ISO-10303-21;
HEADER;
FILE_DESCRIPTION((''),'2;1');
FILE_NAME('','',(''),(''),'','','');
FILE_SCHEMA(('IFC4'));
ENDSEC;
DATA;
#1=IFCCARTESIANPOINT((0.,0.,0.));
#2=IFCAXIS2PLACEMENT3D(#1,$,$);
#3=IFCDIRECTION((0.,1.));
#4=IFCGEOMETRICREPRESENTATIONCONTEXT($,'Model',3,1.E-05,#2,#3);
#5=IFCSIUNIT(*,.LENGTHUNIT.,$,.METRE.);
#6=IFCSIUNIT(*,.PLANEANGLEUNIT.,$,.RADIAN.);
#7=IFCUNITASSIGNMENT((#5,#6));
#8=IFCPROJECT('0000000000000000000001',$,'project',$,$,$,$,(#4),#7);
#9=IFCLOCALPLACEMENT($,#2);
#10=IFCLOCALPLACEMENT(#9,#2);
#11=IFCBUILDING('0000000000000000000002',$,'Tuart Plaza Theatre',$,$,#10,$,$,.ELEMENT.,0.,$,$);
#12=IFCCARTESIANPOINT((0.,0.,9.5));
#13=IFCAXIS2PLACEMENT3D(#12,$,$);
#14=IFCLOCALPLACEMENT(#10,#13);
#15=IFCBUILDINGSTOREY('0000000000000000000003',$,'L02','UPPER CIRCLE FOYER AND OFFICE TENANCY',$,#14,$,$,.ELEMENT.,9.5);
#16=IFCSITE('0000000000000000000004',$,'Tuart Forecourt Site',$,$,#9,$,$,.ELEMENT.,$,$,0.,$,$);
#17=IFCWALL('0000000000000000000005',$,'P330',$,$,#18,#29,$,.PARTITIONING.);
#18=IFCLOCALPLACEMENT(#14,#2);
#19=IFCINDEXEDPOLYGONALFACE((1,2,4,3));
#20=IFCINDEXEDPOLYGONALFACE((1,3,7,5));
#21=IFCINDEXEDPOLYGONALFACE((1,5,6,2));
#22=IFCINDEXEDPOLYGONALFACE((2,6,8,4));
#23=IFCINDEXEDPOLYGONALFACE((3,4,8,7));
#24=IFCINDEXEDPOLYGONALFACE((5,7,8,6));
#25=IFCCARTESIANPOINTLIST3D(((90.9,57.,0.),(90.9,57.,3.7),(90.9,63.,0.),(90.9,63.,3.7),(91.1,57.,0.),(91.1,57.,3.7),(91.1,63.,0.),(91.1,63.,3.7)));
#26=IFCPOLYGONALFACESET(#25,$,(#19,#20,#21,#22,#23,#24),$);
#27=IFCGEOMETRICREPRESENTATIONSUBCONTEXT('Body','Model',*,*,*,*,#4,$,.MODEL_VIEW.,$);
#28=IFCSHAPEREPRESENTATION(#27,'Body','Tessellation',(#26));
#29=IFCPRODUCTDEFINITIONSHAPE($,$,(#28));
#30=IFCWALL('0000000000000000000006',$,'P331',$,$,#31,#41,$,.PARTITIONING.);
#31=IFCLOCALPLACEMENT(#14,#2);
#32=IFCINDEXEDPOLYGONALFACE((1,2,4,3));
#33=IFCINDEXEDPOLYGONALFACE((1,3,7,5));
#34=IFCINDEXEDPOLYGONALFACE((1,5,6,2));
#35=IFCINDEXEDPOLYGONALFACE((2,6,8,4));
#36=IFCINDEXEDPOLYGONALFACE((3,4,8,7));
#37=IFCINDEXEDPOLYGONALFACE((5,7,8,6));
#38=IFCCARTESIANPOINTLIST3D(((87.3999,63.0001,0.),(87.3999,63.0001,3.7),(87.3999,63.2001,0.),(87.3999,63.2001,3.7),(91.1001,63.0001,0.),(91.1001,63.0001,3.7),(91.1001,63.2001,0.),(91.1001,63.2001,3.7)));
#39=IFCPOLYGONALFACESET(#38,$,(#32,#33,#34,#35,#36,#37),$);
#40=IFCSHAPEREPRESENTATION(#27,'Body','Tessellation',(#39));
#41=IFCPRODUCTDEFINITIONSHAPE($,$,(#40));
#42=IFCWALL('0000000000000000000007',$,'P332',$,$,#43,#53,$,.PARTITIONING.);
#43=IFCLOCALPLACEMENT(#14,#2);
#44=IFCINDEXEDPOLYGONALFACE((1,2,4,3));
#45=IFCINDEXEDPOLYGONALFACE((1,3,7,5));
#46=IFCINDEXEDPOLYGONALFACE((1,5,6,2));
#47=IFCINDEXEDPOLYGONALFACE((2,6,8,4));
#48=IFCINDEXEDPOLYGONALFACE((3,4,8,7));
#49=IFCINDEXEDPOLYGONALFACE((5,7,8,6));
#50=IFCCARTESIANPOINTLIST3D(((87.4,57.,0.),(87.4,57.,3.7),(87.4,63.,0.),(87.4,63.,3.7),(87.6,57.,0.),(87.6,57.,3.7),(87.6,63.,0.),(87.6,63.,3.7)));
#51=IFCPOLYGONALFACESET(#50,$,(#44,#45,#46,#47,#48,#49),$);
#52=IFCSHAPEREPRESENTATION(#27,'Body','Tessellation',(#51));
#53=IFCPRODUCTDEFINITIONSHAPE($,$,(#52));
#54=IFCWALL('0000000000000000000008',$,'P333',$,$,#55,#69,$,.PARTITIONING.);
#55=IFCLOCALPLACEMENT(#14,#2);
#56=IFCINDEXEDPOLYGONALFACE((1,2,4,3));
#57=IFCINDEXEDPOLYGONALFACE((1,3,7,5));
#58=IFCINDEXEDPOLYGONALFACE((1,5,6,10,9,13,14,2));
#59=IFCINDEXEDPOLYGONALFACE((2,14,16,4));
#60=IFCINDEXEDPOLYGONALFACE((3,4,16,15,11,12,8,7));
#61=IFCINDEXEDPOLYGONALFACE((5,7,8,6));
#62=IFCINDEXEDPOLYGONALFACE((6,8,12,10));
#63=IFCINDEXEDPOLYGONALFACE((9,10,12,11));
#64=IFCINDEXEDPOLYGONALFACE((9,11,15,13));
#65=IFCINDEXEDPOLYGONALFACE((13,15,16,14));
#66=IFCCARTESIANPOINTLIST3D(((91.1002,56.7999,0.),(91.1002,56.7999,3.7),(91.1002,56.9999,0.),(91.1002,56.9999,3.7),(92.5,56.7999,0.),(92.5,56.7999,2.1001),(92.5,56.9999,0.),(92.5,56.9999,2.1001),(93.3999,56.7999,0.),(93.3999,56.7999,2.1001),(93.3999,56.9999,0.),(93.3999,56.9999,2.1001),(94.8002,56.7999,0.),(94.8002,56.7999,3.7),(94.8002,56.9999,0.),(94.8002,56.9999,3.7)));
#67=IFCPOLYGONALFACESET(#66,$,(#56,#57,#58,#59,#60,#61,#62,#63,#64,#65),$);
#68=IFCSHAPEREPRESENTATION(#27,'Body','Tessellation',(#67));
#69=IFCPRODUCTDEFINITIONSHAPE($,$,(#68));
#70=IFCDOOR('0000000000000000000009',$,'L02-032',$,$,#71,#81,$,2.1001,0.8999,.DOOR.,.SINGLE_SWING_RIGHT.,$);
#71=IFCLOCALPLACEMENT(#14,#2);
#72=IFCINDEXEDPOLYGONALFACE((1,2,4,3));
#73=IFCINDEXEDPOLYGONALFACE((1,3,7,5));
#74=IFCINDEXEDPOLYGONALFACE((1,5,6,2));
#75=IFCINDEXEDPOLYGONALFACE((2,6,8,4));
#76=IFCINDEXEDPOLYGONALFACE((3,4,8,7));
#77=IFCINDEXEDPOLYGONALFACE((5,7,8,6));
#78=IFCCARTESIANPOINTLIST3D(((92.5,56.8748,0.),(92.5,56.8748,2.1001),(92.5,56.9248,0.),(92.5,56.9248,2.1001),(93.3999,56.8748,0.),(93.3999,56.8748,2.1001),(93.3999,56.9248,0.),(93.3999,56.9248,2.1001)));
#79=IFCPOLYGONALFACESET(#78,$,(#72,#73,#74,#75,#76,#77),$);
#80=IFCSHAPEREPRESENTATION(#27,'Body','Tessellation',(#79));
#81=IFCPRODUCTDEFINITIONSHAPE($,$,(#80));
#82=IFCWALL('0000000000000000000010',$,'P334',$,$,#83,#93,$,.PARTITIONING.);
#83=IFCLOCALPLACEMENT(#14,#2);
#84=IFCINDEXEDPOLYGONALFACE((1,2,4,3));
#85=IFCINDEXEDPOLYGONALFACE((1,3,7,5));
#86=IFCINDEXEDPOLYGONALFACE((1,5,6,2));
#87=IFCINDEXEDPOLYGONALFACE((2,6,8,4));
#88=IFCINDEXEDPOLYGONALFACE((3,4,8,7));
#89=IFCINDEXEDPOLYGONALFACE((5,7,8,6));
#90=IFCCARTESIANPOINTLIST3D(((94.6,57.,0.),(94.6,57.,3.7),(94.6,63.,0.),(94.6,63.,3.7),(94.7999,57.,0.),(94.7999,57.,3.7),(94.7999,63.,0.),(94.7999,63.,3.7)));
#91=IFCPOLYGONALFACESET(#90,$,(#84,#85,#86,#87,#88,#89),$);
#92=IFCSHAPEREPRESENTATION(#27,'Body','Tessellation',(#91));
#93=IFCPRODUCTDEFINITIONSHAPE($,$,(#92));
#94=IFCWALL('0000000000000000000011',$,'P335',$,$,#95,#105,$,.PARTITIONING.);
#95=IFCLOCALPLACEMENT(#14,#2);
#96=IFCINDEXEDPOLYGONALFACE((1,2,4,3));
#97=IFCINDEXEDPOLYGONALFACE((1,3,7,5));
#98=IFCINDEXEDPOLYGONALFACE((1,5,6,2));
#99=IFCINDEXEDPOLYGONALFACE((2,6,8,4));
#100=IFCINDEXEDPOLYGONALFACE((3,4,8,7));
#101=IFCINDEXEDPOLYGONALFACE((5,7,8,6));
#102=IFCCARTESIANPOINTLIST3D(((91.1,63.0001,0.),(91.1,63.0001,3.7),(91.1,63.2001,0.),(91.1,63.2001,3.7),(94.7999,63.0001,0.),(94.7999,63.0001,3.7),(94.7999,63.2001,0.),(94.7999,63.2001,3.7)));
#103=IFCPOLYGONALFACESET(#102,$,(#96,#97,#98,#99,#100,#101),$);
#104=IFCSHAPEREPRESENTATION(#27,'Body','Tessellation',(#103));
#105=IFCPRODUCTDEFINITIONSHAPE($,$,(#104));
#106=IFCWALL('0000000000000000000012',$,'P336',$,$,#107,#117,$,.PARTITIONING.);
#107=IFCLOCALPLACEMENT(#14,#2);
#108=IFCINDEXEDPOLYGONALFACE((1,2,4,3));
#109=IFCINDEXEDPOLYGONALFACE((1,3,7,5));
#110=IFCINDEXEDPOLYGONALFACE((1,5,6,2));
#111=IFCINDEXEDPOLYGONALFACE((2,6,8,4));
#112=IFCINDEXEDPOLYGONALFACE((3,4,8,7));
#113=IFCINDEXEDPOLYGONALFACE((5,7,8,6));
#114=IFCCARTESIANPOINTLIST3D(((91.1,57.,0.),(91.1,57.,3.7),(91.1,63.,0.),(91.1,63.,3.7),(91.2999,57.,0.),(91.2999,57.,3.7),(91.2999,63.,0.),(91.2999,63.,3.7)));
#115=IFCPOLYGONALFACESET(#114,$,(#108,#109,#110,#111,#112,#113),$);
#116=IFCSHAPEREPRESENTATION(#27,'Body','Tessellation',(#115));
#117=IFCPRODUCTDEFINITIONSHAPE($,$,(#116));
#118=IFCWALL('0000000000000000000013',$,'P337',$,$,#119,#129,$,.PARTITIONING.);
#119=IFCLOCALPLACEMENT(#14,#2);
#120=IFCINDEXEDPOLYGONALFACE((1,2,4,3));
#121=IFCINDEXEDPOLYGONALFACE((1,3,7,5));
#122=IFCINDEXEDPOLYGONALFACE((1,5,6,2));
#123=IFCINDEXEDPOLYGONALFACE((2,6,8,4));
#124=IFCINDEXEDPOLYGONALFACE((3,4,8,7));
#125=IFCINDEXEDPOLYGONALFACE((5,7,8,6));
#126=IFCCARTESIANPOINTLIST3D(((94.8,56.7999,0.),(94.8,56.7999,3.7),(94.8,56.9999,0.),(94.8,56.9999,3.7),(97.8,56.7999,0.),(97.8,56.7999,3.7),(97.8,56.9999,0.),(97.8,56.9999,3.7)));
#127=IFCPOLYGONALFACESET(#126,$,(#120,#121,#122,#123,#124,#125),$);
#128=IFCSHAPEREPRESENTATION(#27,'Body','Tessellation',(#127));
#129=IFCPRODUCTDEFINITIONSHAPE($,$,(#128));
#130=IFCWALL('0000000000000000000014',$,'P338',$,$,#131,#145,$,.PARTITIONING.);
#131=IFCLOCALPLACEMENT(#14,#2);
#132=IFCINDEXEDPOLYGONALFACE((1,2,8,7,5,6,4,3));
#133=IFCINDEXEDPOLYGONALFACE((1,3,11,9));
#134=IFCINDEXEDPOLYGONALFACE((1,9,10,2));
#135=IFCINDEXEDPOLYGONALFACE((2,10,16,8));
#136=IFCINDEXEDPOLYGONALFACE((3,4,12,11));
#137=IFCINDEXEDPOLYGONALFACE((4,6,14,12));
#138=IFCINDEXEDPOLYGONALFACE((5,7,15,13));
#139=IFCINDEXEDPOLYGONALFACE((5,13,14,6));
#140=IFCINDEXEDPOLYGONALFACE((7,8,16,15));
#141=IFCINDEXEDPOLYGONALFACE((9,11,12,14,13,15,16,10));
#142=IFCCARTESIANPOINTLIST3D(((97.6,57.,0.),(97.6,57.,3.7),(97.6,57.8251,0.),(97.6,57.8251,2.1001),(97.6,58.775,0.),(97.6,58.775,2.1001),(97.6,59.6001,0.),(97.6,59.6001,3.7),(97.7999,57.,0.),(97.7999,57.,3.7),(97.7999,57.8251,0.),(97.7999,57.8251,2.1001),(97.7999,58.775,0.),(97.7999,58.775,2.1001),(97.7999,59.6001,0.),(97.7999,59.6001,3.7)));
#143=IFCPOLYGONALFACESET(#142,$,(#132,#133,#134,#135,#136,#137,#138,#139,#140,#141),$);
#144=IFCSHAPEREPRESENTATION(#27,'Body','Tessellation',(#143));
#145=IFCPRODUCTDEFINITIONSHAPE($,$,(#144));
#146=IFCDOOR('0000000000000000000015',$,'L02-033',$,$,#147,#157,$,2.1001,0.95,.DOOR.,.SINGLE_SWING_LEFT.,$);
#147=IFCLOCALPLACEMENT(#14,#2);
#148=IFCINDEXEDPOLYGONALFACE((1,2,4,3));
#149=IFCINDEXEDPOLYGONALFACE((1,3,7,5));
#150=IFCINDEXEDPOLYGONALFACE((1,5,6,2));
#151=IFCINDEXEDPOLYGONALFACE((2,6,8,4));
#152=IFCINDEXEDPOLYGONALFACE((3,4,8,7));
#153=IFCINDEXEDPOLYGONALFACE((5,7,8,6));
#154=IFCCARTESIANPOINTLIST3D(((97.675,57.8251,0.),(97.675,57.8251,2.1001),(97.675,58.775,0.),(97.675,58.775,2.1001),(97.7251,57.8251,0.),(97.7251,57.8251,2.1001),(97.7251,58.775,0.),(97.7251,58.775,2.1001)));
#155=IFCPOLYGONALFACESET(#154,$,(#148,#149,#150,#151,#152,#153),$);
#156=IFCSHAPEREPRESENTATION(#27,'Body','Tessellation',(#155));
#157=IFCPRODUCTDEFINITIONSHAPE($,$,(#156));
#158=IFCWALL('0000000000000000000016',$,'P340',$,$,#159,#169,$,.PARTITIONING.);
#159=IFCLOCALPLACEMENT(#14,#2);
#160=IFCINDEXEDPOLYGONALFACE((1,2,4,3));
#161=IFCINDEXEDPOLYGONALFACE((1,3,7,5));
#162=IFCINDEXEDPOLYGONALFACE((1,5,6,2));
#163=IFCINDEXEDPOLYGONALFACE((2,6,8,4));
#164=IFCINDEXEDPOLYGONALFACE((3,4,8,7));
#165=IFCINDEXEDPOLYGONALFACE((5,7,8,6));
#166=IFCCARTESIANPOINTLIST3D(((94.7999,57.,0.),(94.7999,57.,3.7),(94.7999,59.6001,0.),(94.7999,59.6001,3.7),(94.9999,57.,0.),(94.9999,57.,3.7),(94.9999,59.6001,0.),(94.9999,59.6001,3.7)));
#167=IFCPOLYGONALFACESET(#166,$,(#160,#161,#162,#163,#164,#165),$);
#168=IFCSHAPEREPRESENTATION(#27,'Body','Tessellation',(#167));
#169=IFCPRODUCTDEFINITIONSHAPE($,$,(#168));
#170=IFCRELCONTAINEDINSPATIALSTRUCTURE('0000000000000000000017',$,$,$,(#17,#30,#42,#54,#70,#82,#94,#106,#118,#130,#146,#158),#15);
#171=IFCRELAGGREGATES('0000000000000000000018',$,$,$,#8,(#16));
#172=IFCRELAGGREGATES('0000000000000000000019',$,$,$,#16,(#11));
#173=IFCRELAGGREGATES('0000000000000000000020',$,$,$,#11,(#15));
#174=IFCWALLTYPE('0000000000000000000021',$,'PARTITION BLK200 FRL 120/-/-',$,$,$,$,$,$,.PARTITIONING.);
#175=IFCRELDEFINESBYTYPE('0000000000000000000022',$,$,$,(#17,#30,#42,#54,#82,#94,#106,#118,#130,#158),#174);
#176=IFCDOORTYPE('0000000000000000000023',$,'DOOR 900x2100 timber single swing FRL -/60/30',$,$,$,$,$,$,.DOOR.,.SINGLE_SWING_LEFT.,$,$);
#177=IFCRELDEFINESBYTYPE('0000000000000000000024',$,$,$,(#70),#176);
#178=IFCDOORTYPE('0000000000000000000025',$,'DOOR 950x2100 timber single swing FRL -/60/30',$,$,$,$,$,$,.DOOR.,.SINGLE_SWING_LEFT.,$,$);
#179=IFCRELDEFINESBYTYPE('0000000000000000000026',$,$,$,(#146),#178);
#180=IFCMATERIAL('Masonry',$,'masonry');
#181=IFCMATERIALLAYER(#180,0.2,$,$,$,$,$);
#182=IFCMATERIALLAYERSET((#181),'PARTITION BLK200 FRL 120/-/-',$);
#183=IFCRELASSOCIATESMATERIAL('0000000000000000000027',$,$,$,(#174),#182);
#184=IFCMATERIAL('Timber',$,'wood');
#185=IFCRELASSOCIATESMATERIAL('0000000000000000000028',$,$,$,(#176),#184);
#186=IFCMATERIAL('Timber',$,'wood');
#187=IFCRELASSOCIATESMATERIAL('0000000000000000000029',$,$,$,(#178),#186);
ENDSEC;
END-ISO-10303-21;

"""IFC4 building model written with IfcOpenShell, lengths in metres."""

from ifc_helpers import new_model, si_unit, direction, frame, frame_2d, origin, place, context, subcontext, project, spatial, rectangle, extrude, material, layer, layer_set, type_object, element, fill, save


model = new_model("IFC4")

# Units and contexts
model_context = context("Model", 3, precision=1e-05, world=origin(), true_north=direction((0.0, 1.0)))
body_context = subcontext(model_context, "Body", "Model", "MODEL_VIEW")
ifc_project = project(units=[si_unit("LENGTHUNIT", "METRE"), si_unit("PLANEANGLEUNIT", "RADIAN")], contexts=[model_context])

# Site, building, storey
site_placement = place(None, origin())
site = spatial("IfcSite", under=ifc_project, at=site_placement, Name="Tuart Forecourt Site", CompositionType="ELEMENT", RefElevation=0.0)
building_placement = place(site_placement, origin())
building = spatial("IfcBuilding", under=site, at=building_placement, Name="Tuart Plaza Theatre", CompositionType="ELEMENT", ElevationOfRefHeight=0.0)
storey_placement = place(building_placement, frame((0.0, 0.0, 9.5)))
storey = spatial("IfcBuildingStorey", under=building, at=storey_placement, Name="L02", Description="UPPER CIRCLE FOYER AND OFFICE TENANCY", CompositionType="ELEMENT", Elevation=9.5)

# Shared definitions
ifc_material_1 = material(Name="Masonry", Category="masonry")
ifc_layer_1 = layer(ifc_material_1, 0.2)
ifc_layer_set_1 = layer_set([ifc_layer_1], Name="PARTITION BLK200 FRL 120/-/-")
wall_type_1 = type_object("IfcWallType", Name="PARTITION BLK200 FRL 120/-/-", PredefinedType="PARTITIONING", material=ifc_layer_set_1)
ifc_material_2 = material(Name="Timber", Category="wood")
door_type_1 = type_object("IfcDoorType", Name="DOOR 900x2100 timber single swing FRL -/60/30", OperationType="SINGLE_SWING_LEFT", PredefinedType="DOOR", material=ifc_material_2)

# Walls
wall_1_placement = place(storey_placement, frame((91.0, 57.0, 0.0), z_axis=(0.0, 0.0, 1.0), x_axis=(0.0, 1.0, 0.0)))
element("IfcWall", 1, at=wall_1_placement, inside=storey, type_object=wall_type_1, Name="P330", PredefinedType="PARTITIONING", context=body_context, shape_type="SweptSolid", body=[
    extrude(rectangle(XDim=6.0, YDim=0.2, at=frame_2d((3.0, 0.0))), origin(), (0.0, 0.0, 1.0), 3.7),
])
wall_2_placement = place(storey_placement, frame((91.1001, 63.1001, 0.0), z_axis=(0.0, 0.0, 1.0), x_axis=(-1.0, 0.0, 0.0)))
element("IfcWall", 2, at=wall_2_placement, inside=storey, type_object=wall_type_1, Name="P331", PredefinedType="PARTITIONING", context=body_context, shape_type="SweptSolid", body=[
    extrude(rectangle(XDim=3.7002, YDim=0.2, at=frame_2d((1.8501, 0.0))), origin(), (0.0, 0.0, 1.0), 3.7),
])
wall_3_placement = place(storey_placement, frame((87.5, 63.0, 0.0), z_axis=(0.0, 0.0, 1.0), x_axis=(0.0, -1.0, 0.0)))
element("IfcWall", 3, at=wall_3_placement, inside=storey, type_object=wall_type_1, Name="P332", PredefinedType="PARTITIONING", context=body_context, shape_type="SweptSolid", body=[
    extrude(rectangle(XDim=6.0, YDim=0.2, at=frame_2d((3.0, 0.0))), origin(), (0.0, 0.0, 1.0), 3.7),
])

# Wall, opening, door
wall_4_placement = place(storey_placement, frame((91.1001, 56.8999, 0.0), z_axis=(0.0, 0.0, 1.0), x_axis=(1.0, 0.0, 0.0)))
wall_4 = element("IfcWall", 4, at=wall_4_placement, inside=storey, type_object=wall_type_1, Name="P333", PredefinedType="PARTITIONING", context=body_context, shape_type="SweptSolid", body=[
    extrude(rectangle(XDim=3.7, YDim=0.2, at=frame_2d((1.8501, 0.0))), origin(), (0.0, 0.0, 1.0), 3.7),
])
opening_1_placement = place(wall_4_placement, frame((1.3999, 0.0, 0.0)))
opening_1 = element("IfcOpeningElement", 5, at=opening_1_placement, cuts=wall_4, PredefinedType="OPENING", context=body_context, shape_type="SweptSolid", body=[
    extrude(rectangle(XDim=0.8999, YDim=2.1001, at=frame_2d((0.45, 1.05))), frame((0.0, 0.1099, 0.0), z_axis=(0.0, -1.0, 0.0), x_axis=(1.0, 0.0, 0.0)), (0.0, 0.0, 1.0), 0.22),
])
door_1_placement = place(opening_1_placement, origin())
door_1 = element("IfcDoor", 6, at=door_1_placement, inside=storey, type_object=door_type_1, Name="L02-032", OperationType="SINGLE_SWING_RIGHT", OverallHeight=2.1001, OverallWidth=0.8999, PredefinedType="DOOR", context=body_context, shape_type="SweptSolid", body=[
    extrude(rectangle(XDim=0.8999, YDim=2.1001, at=frame_2d((0.45, 1.05))), frame((0.0, 0.0249, 0.0), z_axis=(0.0, -1.0, 0.0), x_axis=(1.0, 0.0, 0.0)), (0.0, 0.0, 1.0), 0.05),
])
fill(opening_1, door_1)

# Walls
wall_5_placement = place(storey_placement, frame((94.7, 57.0, 0.0), z_axis=(0.0, 0.0, 1.0), x_axis=(0.0, 1.0, 0.0)))
element("IfcWall", 7, at=wall_5_placement, inside=storey, type_object=wall_type_1, Name="P334", PredefinedType="PARTITIONING", context=body_context, shape_type="SweptSolid", body=[
    extrude(rectangle(XDim=6.0, YDim=0.2, at=frame_2d((3.0, 0.0))), origin(), (0.0, 0.0, 1.0), 3.7),
])
wall_6_placement = place(storey_placement, frame((94.8, 63.1001, 0.0), z_axis=(0.0, 0.0, 1.0), x_axis=(-1.0, 0.0, 0.0)))
element("IfcWall", 8, at=wall_6_placement, inside=storey, type_object=wall_type_1, Name="P335", PredefinedType="PARTITIONING", context=body_context, shape_type="SweptSolid", body=[
    extrude(rectangle(XDim=3.7, YDim=0.2, at=frame_2d((1.8501, 0.0))), origin(), (0.0, 0.0, 1.0), 3.7),
])
wall_7_placement = place(storey_placement, frame((91.2, 63.0, 0.0), z_axis=(0.0, 0.0, 1.0), x_axis=(0.0, -1.0, 0.0)))
element("IfcWall", 9, at=wall_7_placement, inside=storey, type_object=wall_type_1, Name="P336", PredefinedType="PARTITIONING", context=body_context, shape_type="SweptSolid", body=[
    extrude(rectangle(XDim=6.0, YDim=0.2, at=frame_2d((3.0, 0.0))), origin(), (0.0, 0.0, 1.0), 3.7),
])
wall_8_placement = place(storey_placement, frame((94.8, 56.8999, 0.0), z_axis=(0.0, 0.0, 1.0), x_axis=(1.0, 0.0, 0.0)))
element("IfcWall", 10, at=wall_8_placement, inside=storey, type_object=wall_type_1, Name="P337", PredefinedType="PARTITIONING", context=body_context, shape_type="SweptSolid", body=[
    extrude(rectangle(XDim=3.0, YDim=0.2, at=frame_2d((1.5, 0.0))), origin(), (0.0, 0.0, 1.0), 3.7),
])

# Wall, opening, door
wall_9_placement = place(storey_placement, frame((97.7, 57.0, 0.0), z_axis=(0.0, 0.0, 1.0), x_axis=(0.0, 1.0, 0.0)))
wall_9 = element("IfcWall", 11, at=wall_9_placement, inside=storey, type_object=wall_type_1, Name="P338", PredefinedType="PARTITIONING", context=body_context, shape_type="SweptSolid", body=[
    extrude(rectangle(XDim=2.6001, YDim=0.2, at=frame_2d((1.3, 0.0))), origin(), (0.0, 0.0, 1.0), 3.7),
])
opening_2_placement = place(wall_9_placement, frame((0.825, 0.0, 0.0)))
opening_2 = element("IfcOpeningElement", 12, at=opening_2_placement, cuts=wall_9, PredefinedType="OPENING", context=body_context, shape_type="SweptSolid", body=[
    extrude(rectangle(XDim=0.95, YDim=2.1001, at=frame_2d((0.4751, 1.05))), frame((0.0, 0.1099, 0.0), z_axis=(0.0, -1.0, 0.0), x_axis=(1.0, 0.0, 0.0)), (0.0, 0.0, 1.0), 0.22),
])
ifc_material_3 = material(Name="Timber", Category="wood")
door_type_2 = type_object("IfcDoorType", Name="DOOR 950x2100 timber single swing FRL -/60/30", OperationType="SINGLE_SWING_LEFT", PredefinedType="DOOR", material=ifc_material_3)
door_2_placement = place(opening_2_placement, origin())
door_2 = element("IfcDoor", 13, at=door_2_placement, inside=storey, type_object=door_type_2, Name="L02-033", OperationType="SINGLE_SWING_LEFT", OverallHeight=2.1001, OverallWidth=0.95, PredefinedType="DOOR", context=body_context, shape_type="SweptSolid", body=[
    extrude(rectangle(XDim=0.95, YDim=2.1001, at=frame_2d((0.4751, 1.05))), frame((0.0, 0.0249, 0.0), z_axis=(0.0, -1.0, 0.0), x_axis=(1.0, 0.0, 0.0)), (0.0, 0.0, 1.0), 0.05),
])
fill(opening_2, door_2)

# Wall
wall_10_placement = place(storey_placement, frame((94.8999, 59.6001, 0.0), z_axis=(0.0, 0.0, 1.0), x_axis=(0.0, -1.0, 0.0)))
element("IfcWall", 14, at=wall_10_placement, inside=storey, type_object=wall_type_1, Name="P340", PredefinedType="PARTITIONING", context=body_context, shape_type="SweptSolid", body=[
    extrude(rectangle(XDim=2.6001, YDim=0.2, at=frame_2d((1.3, 0.0))), origin(), (0.0, 0.0, 1.0), 3.7),
])

save(model, "model.ifc")
